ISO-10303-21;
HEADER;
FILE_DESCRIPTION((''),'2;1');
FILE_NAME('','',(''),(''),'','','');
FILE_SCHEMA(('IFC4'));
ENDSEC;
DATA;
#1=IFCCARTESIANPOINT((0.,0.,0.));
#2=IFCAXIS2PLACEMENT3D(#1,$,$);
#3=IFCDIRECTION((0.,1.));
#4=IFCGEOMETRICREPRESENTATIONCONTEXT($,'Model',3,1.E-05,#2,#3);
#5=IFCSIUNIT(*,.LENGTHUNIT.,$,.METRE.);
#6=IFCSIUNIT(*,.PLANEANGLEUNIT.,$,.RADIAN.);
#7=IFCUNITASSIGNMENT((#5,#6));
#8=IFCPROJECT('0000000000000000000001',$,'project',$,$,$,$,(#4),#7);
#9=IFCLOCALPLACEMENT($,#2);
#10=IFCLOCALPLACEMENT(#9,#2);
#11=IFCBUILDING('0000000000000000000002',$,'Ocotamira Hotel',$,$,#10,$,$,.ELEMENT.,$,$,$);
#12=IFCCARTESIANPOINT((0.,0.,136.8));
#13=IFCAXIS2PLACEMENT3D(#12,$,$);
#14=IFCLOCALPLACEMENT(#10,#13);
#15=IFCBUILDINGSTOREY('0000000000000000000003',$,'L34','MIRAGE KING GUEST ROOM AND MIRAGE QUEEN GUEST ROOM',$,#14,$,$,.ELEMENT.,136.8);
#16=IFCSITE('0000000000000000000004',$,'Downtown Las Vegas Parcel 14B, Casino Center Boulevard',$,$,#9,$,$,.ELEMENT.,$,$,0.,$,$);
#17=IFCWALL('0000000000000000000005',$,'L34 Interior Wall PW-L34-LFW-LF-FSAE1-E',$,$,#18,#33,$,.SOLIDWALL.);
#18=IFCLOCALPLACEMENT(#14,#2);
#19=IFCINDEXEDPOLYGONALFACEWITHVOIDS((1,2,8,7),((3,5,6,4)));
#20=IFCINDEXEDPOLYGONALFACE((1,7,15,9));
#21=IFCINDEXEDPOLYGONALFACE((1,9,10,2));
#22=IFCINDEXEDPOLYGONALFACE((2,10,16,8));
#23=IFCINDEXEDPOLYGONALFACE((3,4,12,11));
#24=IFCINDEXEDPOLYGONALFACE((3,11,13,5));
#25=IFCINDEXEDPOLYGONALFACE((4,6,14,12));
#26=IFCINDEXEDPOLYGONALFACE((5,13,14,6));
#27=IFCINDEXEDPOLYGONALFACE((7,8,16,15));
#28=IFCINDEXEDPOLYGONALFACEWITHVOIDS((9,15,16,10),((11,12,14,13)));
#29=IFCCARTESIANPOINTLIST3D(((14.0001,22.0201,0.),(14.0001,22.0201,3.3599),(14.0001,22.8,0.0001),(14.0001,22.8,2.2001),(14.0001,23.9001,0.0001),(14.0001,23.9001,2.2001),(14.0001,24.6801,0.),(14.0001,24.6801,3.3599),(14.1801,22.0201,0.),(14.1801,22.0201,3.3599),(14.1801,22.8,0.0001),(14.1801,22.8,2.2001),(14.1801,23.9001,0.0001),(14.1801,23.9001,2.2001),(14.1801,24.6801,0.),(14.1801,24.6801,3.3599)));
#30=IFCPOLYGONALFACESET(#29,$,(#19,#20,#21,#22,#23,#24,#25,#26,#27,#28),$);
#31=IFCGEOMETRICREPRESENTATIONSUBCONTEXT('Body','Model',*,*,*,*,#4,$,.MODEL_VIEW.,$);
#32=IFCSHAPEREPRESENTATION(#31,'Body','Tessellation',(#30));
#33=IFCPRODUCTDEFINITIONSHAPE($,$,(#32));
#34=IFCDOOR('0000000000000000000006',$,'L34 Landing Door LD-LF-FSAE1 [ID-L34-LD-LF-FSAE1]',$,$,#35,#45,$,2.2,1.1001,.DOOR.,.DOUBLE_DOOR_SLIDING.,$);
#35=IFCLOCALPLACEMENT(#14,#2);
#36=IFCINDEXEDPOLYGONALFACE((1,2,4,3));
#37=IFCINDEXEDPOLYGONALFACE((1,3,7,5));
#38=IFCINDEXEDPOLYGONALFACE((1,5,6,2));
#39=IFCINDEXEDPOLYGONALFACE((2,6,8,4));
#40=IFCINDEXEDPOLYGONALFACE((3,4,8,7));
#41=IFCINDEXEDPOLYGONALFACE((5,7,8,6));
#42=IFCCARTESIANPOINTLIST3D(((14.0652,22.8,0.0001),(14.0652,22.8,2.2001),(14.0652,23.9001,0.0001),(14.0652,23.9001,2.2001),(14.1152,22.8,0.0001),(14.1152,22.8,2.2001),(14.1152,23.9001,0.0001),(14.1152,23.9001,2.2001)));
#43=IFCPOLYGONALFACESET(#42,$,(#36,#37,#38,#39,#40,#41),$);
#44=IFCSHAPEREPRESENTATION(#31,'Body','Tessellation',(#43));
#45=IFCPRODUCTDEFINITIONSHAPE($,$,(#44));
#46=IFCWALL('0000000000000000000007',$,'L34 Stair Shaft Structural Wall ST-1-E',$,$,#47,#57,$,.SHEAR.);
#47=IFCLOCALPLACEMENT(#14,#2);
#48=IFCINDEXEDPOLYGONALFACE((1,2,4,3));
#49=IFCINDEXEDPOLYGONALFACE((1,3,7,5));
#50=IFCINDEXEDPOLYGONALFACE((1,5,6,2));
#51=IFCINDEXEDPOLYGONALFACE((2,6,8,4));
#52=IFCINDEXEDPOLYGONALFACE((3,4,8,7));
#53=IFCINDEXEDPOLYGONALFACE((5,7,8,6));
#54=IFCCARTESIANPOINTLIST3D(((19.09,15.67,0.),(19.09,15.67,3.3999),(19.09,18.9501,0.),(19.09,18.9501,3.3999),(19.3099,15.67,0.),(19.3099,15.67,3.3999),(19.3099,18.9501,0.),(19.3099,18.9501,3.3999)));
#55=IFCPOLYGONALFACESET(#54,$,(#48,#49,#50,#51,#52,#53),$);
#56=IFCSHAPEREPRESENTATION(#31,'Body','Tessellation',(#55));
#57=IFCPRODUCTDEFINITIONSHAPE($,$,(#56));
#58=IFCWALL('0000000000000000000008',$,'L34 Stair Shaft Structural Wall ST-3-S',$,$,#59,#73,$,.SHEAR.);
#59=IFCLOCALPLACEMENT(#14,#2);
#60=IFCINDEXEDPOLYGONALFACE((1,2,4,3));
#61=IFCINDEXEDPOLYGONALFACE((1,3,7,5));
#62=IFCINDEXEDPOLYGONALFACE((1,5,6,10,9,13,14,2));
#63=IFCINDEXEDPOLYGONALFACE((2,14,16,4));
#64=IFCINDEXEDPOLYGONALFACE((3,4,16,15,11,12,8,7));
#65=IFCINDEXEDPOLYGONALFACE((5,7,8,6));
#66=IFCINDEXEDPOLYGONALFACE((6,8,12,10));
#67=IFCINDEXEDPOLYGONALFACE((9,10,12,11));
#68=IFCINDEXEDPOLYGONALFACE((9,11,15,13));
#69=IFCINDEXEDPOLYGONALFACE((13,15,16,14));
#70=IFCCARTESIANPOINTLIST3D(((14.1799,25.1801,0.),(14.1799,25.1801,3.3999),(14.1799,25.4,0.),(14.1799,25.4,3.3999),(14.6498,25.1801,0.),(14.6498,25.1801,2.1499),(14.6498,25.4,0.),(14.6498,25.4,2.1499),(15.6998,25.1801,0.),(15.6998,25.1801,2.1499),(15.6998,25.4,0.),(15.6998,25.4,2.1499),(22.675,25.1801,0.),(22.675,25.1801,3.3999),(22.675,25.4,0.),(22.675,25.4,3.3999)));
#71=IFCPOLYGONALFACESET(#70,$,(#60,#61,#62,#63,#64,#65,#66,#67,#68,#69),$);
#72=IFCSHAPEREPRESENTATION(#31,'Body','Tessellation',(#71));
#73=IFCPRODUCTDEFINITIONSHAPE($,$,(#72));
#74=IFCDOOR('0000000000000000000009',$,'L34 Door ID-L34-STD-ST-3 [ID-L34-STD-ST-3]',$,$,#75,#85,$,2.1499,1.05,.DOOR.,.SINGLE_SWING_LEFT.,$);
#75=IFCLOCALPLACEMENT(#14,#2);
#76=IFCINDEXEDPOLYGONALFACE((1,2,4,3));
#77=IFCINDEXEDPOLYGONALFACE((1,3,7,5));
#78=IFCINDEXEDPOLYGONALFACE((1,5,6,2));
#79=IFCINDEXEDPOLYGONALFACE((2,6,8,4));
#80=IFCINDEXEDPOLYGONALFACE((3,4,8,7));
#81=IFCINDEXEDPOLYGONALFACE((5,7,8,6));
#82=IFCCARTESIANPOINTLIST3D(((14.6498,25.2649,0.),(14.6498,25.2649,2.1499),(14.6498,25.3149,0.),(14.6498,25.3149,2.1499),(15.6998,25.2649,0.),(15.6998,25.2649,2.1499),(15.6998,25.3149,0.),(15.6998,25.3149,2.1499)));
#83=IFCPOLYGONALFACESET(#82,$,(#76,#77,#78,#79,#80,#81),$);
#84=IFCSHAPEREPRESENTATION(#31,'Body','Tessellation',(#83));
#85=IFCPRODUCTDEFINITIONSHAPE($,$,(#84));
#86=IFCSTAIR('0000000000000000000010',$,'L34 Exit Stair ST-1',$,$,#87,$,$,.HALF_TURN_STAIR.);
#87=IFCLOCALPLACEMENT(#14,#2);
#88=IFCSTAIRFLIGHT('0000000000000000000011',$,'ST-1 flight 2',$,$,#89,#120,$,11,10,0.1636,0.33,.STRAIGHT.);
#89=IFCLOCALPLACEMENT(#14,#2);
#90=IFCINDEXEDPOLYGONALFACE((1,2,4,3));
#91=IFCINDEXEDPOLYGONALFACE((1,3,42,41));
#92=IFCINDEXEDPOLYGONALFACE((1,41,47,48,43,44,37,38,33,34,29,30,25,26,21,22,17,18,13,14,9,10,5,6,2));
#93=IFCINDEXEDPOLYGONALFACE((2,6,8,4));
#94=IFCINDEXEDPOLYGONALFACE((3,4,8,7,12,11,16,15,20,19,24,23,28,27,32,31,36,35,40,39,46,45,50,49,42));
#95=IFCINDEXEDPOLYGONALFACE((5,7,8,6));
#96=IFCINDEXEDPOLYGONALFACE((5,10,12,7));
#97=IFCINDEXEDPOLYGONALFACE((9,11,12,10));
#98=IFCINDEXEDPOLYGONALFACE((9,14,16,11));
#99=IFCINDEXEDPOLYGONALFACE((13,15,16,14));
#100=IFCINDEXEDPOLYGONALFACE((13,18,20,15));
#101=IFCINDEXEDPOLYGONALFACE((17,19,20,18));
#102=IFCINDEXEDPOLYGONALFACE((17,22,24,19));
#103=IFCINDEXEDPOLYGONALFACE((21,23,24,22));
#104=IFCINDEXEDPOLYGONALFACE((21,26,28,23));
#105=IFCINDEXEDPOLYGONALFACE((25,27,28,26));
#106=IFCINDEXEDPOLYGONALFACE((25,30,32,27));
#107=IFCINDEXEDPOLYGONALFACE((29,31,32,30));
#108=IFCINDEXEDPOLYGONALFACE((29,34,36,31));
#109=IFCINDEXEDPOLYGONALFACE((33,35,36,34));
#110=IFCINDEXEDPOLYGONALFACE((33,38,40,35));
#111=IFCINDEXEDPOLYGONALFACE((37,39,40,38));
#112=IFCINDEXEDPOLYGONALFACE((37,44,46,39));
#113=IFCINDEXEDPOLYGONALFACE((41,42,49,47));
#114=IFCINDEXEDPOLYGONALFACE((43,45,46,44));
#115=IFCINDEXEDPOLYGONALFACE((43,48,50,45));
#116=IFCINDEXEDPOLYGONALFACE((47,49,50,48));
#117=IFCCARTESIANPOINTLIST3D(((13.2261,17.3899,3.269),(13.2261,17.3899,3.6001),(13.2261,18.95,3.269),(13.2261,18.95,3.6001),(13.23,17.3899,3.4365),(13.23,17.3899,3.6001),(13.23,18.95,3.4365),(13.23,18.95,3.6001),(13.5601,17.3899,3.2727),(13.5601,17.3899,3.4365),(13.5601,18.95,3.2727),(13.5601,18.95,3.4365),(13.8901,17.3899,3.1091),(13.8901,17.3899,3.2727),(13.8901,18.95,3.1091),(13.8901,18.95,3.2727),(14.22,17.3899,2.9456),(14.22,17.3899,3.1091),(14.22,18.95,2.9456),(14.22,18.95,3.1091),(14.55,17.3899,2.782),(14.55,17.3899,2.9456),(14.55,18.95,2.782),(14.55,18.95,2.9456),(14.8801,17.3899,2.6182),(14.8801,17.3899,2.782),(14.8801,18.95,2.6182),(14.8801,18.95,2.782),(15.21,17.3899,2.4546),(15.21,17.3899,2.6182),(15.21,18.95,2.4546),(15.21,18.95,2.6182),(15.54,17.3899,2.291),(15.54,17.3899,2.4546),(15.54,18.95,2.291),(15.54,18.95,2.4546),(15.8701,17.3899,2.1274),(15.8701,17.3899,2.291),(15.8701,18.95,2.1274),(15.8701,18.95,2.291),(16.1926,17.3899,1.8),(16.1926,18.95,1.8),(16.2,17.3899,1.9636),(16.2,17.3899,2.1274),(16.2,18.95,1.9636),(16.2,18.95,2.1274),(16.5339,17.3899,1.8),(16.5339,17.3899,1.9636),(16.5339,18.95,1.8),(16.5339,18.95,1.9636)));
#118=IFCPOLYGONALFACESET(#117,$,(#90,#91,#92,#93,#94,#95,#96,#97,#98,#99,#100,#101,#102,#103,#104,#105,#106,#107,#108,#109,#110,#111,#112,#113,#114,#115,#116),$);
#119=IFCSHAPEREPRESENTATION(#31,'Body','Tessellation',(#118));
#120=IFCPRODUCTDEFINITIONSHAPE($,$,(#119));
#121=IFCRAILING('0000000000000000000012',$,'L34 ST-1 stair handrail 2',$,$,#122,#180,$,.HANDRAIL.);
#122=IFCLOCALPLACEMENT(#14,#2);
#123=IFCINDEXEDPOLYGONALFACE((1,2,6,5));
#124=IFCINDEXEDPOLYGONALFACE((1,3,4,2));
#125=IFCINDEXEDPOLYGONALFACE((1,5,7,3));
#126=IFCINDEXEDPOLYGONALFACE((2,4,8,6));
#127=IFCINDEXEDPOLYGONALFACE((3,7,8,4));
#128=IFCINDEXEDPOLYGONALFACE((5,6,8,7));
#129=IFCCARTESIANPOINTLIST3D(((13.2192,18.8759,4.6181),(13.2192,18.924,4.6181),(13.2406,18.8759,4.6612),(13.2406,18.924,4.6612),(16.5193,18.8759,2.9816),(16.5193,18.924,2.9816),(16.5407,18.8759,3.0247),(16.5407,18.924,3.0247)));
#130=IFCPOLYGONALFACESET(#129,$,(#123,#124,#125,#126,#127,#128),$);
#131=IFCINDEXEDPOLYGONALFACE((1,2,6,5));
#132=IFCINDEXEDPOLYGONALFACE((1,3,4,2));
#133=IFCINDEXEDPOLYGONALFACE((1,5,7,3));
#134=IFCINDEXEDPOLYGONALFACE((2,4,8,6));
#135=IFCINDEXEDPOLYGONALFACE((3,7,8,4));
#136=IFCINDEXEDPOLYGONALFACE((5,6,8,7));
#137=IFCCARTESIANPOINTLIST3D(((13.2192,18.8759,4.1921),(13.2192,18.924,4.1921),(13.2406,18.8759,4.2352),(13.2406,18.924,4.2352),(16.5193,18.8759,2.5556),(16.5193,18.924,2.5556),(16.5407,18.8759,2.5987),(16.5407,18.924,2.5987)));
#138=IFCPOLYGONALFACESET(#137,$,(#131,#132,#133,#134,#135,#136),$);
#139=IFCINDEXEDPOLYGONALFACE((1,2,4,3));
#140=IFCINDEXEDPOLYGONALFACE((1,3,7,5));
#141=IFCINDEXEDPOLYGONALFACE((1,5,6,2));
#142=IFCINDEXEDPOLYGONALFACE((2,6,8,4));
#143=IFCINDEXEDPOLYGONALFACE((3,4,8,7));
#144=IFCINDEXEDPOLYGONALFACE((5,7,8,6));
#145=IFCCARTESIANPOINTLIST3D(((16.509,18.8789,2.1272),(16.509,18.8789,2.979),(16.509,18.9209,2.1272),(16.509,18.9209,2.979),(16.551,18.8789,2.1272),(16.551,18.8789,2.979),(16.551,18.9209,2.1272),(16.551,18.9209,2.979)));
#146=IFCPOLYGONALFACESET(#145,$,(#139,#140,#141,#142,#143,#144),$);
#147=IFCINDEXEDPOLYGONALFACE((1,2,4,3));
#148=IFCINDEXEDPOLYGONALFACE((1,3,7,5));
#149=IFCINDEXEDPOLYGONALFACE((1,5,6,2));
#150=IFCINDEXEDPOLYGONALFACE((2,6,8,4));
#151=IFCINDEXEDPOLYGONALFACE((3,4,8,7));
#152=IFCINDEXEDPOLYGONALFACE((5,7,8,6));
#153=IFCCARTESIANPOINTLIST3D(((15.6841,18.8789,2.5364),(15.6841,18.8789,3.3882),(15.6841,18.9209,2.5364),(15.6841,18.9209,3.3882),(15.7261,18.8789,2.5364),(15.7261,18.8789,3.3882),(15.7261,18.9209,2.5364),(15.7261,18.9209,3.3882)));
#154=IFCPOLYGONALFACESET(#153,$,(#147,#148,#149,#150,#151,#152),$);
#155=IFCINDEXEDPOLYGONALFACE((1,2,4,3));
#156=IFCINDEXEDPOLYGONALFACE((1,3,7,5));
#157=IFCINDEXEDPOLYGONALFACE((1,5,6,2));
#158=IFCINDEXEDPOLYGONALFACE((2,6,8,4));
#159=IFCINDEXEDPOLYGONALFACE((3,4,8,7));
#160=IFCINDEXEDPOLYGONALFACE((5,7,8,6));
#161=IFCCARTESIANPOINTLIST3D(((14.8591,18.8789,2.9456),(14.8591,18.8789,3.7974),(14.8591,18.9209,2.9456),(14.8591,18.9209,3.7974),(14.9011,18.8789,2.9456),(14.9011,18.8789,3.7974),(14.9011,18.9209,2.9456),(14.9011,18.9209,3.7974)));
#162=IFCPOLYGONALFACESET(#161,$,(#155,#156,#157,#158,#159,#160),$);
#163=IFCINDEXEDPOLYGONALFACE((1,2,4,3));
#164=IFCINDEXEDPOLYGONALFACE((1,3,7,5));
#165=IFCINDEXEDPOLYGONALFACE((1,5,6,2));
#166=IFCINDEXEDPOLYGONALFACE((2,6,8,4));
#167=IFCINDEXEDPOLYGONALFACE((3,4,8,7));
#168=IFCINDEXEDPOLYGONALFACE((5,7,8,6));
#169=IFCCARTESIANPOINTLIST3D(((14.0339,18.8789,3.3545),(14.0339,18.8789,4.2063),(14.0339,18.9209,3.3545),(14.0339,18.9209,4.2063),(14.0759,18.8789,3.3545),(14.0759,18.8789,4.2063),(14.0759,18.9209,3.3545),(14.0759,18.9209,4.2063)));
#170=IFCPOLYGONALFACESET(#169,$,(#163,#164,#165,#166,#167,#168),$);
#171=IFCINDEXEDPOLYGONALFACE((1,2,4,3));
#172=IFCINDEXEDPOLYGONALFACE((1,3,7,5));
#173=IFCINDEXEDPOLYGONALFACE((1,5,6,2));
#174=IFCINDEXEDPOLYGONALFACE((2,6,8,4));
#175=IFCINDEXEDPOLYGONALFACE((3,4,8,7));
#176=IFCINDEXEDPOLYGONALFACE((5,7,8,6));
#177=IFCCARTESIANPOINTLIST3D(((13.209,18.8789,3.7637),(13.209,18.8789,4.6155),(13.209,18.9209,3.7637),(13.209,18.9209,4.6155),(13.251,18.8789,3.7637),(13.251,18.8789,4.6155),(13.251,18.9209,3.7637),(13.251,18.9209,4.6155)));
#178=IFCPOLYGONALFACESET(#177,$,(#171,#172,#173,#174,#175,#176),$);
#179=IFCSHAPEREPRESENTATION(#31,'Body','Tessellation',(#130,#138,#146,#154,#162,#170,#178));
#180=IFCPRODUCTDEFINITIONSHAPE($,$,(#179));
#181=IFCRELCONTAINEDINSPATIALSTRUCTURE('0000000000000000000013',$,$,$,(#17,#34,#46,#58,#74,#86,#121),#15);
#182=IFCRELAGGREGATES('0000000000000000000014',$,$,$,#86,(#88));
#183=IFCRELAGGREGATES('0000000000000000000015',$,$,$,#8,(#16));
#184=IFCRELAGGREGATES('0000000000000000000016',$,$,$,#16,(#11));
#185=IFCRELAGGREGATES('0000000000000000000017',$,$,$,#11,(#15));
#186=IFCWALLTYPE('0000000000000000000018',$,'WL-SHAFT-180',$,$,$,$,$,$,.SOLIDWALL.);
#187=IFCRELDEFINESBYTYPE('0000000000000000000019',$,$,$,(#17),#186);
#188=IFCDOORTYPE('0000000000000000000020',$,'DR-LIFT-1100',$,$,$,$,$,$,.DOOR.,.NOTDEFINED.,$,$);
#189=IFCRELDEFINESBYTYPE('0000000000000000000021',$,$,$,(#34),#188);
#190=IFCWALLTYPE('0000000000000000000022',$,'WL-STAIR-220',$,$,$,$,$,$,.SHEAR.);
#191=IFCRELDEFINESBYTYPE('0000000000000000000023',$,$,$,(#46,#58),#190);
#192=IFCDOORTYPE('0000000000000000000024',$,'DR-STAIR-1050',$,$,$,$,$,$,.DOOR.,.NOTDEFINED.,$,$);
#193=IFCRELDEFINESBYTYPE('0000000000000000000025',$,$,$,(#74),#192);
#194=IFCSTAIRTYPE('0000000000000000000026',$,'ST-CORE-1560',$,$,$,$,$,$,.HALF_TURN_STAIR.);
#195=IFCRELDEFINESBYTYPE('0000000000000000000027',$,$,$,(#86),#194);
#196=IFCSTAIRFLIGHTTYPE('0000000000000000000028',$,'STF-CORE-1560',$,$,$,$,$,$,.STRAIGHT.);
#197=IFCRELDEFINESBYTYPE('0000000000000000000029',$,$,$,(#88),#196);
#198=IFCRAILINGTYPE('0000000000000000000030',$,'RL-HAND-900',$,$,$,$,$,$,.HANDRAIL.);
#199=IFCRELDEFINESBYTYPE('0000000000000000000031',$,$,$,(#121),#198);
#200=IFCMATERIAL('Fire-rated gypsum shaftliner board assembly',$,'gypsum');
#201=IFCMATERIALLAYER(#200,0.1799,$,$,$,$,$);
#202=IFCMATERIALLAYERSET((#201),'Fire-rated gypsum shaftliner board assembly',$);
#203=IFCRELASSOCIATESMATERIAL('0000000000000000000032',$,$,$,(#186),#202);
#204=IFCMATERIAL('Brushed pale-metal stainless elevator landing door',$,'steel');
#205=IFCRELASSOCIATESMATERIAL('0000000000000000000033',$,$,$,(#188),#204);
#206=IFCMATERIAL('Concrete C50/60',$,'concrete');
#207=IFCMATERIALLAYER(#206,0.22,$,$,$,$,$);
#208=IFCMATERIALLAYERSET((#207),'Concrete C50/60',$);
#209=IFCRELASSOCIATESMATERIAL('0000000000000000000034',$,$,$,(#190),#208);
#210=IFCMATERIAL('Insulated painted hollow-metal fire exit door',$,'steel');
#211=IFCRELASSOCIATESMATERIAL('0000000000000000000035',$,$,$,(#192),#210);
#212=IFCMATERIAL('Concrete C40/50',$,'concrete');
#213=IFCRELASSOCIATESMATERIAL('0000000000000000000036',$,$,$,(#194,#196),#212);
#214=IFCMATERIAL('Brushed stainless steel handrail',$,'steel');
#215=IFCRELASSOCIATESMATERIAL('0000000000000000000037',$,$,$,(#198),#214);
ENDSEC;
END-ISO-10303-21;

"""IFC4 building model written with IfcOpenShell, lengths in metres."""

from ifc_helpers import new_model, si_unit, direction, frame, frame_2d, origin, origin_2d, place, context, subcontext, project, spatial, polyline, rectangle, outline, extrude, source, transform, mapped, material, layer, layer_set, type_object, element, fill, aggregate, save


model = new_model("IFC4")

# Units and contexts
model_context = context("Model", 3, precision=1e-05, world=origin(), true_north=direction((0.0, 1.0)))
body_context = subcontext(model_context, "Body", "Model", "MODEL_VIEW")
ifc_project = project(units=[si_unit("LENGTHUNIT", "METRE"), si_unit("PLANEANGLEUNIT", "RADIAN")], contexts=[model_context])

# Site, building, storey
site_placement = place(None, origin())
site = spatial("IfcSite", under=ifc_project, at=site_placement, Name="Downtown Las Vegas Parcel 14B, Casino Center Boulevard", CompositionType="ELEMENT", RefElevation=0.0)
building_placement = place(site_placement, origin())
building = spatial("IfcBuilding", under=site, at=building_placement, Name="Ocotamira Hotel", CompositionType="ELEMENT")
storey_placement = place(building_placement, frame((0.0, 0.0, 136.8)))
storey = spatial("IfcBuildingStorey", under=building, at=storey_placement, Name="L34", Description="MIRAGE KING GUEST ROOM AND MIRAGE QUEEN GUEST ROOM", CompositionType="ELEMENT", Elevation=136.8)

# Shared definitions
ifc_material_1 = material(Name="Fire-rated gypsum shaftliner board assembly", Category="gypsum")
ifc_layer_1 = layer(ifc_material_1, 0.1799)
ifc_layer_set_1 = layer_set([ifc_layer_1], Name="Fire-rated gypsum shaftliner board assembly")
wall_type_1 = type_object("IfcWallType", Name="WL-SHAFT-180", PredefinedType="SOLIDWALL", material=ifc_layer_set_1)

# Wall, opening, door
wall_1_placement = place(storey_placement, frame((14.0901, 22.02, 0.0), z_axis=(0.0, 0.0, 1.0), x_axis=(0.0, 1.0, 0.0)))
wall_1 = element("IfcWall", 1, at=wall_1_placement, inside=storey, type_object=wall_type_1, Name="L34 Interior Wall PW-L34-LFW-LF-FSAE1-E", PredefinedType="SOLIDWALL", context=body_context, shape_type="SweptSolid", body=[
    extrude(rectangle(XDim=2.6599, YDim=0.1799, at=frame_2d((1.3301, 0.0))), origin(), (0.0, 0.0, 1.0), 3.3599),
])
opening_1_placement = place(wall_1_placement, frame((0.78, 0.0, 0.0)))
opening_1 = element("IfcOpeningElement", 2, at=opening_1_placement, cuts=wall_1, PredefinedType="OPENING", context=body_context, shape_type="SweptSolid", body=[
    extrude(rectangle(XDim=1.1001, YDim=2.2, at=frame_2d((0.55, 1.1001))), frame((0.0, 0.1001, 0.0), z_axis=(0.0, -1.0, 0.0), x_axis=(1.0, 0.0, 0.0)), (0.0, 0.0, 1.0), 0.2),
])
ifc_material_2 = material(Name="Brushed pale-metal stainless elevator landing door", Category="steel")
door_type_1 = type_object("IfcDoorType", Name="DR-LIFT-1100", OperationType="NOTDEFINED", PredefinedType="DOOR", material=ifc_material_2)
shared_shape_1 = source(origin(), body_context, "Body", "SweptSolid", [
    extrude(rectangle(XDim=1.1001, YDim=2.2, at=frame_2d((0.55, 1.1001))), frame((0.0, 0.0249, 0.0), z_axis=(0.0, -1.0, 0.0), x_axis=(1.0, 0.0, 0.0)), (0.0, 0.0, 1.0), 0.05),
])
door_1_placement = place(opening_1_placement, origin())
door_1 = element("IfcDoor", 3, at=door_1_placement, inside=storey, type_object=door_type_1, Name="L34 Landing Door LD-LF-FSAE1 [ID-L34-LD-LF-FSAE1]", OperationType="DOUBLE_DOOR_SLIDING", OverallHeight=2.2, OverallWidth=1.1001, PredefinedType="DOOR", context=body_context, shape_type="MappedRepresentation", body=[
    mapped(shared_shape_1, transform((0.0, 0.0, 0.0), scale=1.0)),
])
fill(opening_1, door_1)

# Wall
ifc_material_3 = material(Name="Concrete C50/60", Category="concrete")
ifc_layer_2 = layer(ifc_material_3, 0.22)
ifc_layer_set_2 = layer_set([ifc_layer_2], Name="Concrete C50/60")
wall_type_2 = type_object("IfcWallType", Name="WL-STAIR-220", PredefinedType="SHEAR", material=ifc_layer_set_2)
wall_2_placement = place(storey_placement, frame((19.2, 15.6699, 0.0), z_axis=(0.0, 0.0, 1.0), x_axis=(0.0, 1.0, 0.0)))
element("IfcWall", 4, at=wall_2_placement, inside=storey, type_object=wall_type_2, Name="L34 Stair Shaft Structural Wall ST-1-E", PredefinedType="SHEAR", context=body_context, shape_type="SweptSolid", body=[
    extrude(rectangle(XDim=3.28, YDim=0.22, at=frame_2d((1.6401, 0.0))), origin(), (0.0, 0.0, 1.0), 3.3999),
])

# Wall, opening, door
wall_3_placement = place(storey_placement, frame((14.1799, 25.29, 0.0), z_axis=(0.0, 0.0, 1.0), x_axis=(1.0, 0.0, 0.0)))
wall_3 = element("IfcWall", 5, at=wall_3_placement, inside=storey, type_object=wall_type_2, Name="L34 Stair Shaft Structural Wall ST-3-S", PredefinedType="SHEAR", context=body_context, shape_type="SweptSolid", body=[
    extrude(rectangle(XDim=8.4951, YDim=0.22, at=frame_2d((4.2476, 0.0))), origin(), (0.0, 0.0, 1.0), 3.3999),
])
opening_2_placement = place(wall_3_placement, frame((0.47, 0.0, 0.0)))
opening_2 = element("IfcOpeningElement", 6, at=opening_2_placement, cuts=wall_3, PredefinedType="OPENING", context=body_context, shape_type="SweptSolid", body=[
    extrude(rectangle(XDim=1.05, YDim=2.1499, at=frame_2d((0.5249, 1.075))), frame((0.0, 0.1201, 0.0), z_axis=(0.0, -1.0, 0.0), x_axis=(1.0, 0.0, 0.0)), (0.0, 0.0, 1.0), 0.24),
])
ifc_material_4 = material(Name="Insulated painted hollow-metal fire exit door", Category="steel")
door_type_2 = type_object("IfcDoorType", Name="DR-STAIR-1050", OperationType="NOTDEFINED", PredefinedType="DOOR", material=ifc_material_4)
shared_shape_2 = source(origin(), body_context, "Body", "SweptSolid", [
    extrude(rectangle(XDim=1.05, YDim=2.1499, at=frame_2d((0.5249, 1.075))), frame((0.0, 0.0249, 0.0), z_axis=(0.0, -1.0, 0.0), x_axis=(1.0, 0.0, 0.0)), (0.0, 0.0, 1.0), 0.05),
])
door_2_placement = place(opening_2_placement, origin())
door_2 = element("IfcDoor", 7, at=door_2_placement, inside=storey, type_object=door_type_2, Name="L34 Door ID-L34-STD-ST-3 [ID-L34-STD-ST-3]", OperationType="SINGLE_SWING_LEFT", OverallHeight=2.1499, OverallWidth=1.05, PredefinedType="DOOR", context=body_context, shape_type="MappedRepresentation", body=[
    mapped(shared_shape_2, transform((0.0, 0.0, 0.0), scale=1.0)),
])
fill(opening_2, door_2)

# Stair, stair flight
ifc_material_5 = material(Name="Concrete C40/50", Category="concrete")
stair_type = type_object("IfcStairType", Name="ST-CORE-1560", PredefinedType="HALF_TURN_STAIR", material=ifc_material_5)
stair_placement = place(storey_placement, origin())
stair = element("IfcStair", 8, at=stair_placement, inside=storey, type_object=stair_type, Name="L34 Exit Stair ST-1", PredefinedType="HALF_TURN_STAIR")
stair_flight_type = type_object("IfcStairFlightType", Name="STF-CORE-1560", PredefinedType="STRAIGHT", material=ifc_material_5)
shared_shape_3 = source(origin(), body_context, "Body", "SweptSolid", [
    extrude(outline(polyline([(-0.0039, 0.0), (-0.0039, 0.1636), (0.3301, 0.1636), (0.3301, 0.3274), (0.6599, 0.3274), (0.6599, 0.491), (0.99, 0.491), (0.99, 0.6545), (1.3201, 0.6545), (1.3201, 0.8181), (1.6499, 0.8181), (1.6499, 0.9819), (1.98, 0.9819), (1.98, 1.1455), (2.3101, 1.1455), (2.3101, 1.3091), (2.6399, 1.3091), (2.6399, 1.4727), (2.97, 1.4727), (2.97, 1.6365), (3.3, 1.6365), (3.3, 1.8), (3.304, 1.8), (3.304, 1.469), (0.3374, 0.0), (-0.0039, 0.0)])), frame((0.0, 0.78, 0.0), z_axis=(0.0, -1.0, 0.0), x_axis=(1.0, 0.0, 0.0)), (0.0, 0.0, 1.0), 1.5601),
])
stair_flight_placement = place(storey_placement, frame((16.53, 18.1699, 1.8), z_axis=(0.0, 0.0, 1.0), x_axis=(-1.0, 0.0, 0.0)))
stair_flight = element("IfcStairFlight", 9, at=stair_flight_placement, type_object=stair_flight_type, Name="ST-1 flight 2", NumberOfRisers=11, NumberOfTreads=10, PredefinedType="STRAIGHT", RiserHeight=0.1636, TreadLength=0.33, context=body_context, shape_type="MappedRepresentation", body=[
    mapped(shared_shape_3, transform((0.0, 0.0, 0.0), scale=1.0)),
])
aggregate(stair, [stair_flight])

# Railing
ifc_material_6 = material(Name="Brushed stainless steel handrail", Category="steel")
railing_type_1 = type_object("IfcRailingType", Name="RL-HAND-900", PredefinedType="HANDRAIL", material=ifc_material_6)
railing_1_placement = place(storey_placement, frame((16.53, 18.8999, 2.1272)))
element("IfcRailing", 10, at=railing_1_placement, inside=storey, type_object=railing_type_1, Name="L34 ST-1 stair handrail 2", PredefinedType="HANDRAIL", context=body_context, shape_type="SweptSolid", body=[
    extrude(rectangle(XDim=0.0481, YDim=0.0481, at=origin_2d()), frame((0.0, 0.0, 0.876), z_axis=(-0.895894, 0.0, 0.444268), x_axis=(0.0, -1.0, 0.0)), (0.0, 0.0, 1.0), 3.6836),
    extrude(rectangle(XDim=0.0481, YDim=0.0481, at=origin_2d()), frame((0.0, 0.0, 0.45), z_axis=(-0.895894, 0.0, 0.444268), x_axis=(0.0, -1.0, 0.0)), (0.0, 0.0, 1.0), 3.6836),
    extrude(rectangle(XDim=0.042, YDim=0.042, at=origin_2d()), origin(), (0.0, 0.0, 1.0), 0.8518),
    extrude(rectangle(XDim=0.042, YDim=0.042, at=origin_2d()), frame((-0.825, 0.0, 0.4092)), (0.0, 0.0, 1.0), 0.8518),
    extrude(rectangle(XDim=0.042, YDim=0.042, at=origin_2d()), frame((-1.6499, 0.0, 0.8184)), (0.0, 0.0, 1.0), 0.8518),
    extrude(rectangle(XDim=0.042, YDim=0.042, at=origin_2d()), frame((-2.4751, 0.0, 1.2273)), (0.0, 0.0, 1.0), 0.8518),
    extrude(rectangle(XDim=0.042, YDim=0.042, at=origin_2d()), frame((-3.3, 0.0, 1.6365)), (0.0, 0.0, 1.0), 0.8518),
])

save(model, "model.ifc")
